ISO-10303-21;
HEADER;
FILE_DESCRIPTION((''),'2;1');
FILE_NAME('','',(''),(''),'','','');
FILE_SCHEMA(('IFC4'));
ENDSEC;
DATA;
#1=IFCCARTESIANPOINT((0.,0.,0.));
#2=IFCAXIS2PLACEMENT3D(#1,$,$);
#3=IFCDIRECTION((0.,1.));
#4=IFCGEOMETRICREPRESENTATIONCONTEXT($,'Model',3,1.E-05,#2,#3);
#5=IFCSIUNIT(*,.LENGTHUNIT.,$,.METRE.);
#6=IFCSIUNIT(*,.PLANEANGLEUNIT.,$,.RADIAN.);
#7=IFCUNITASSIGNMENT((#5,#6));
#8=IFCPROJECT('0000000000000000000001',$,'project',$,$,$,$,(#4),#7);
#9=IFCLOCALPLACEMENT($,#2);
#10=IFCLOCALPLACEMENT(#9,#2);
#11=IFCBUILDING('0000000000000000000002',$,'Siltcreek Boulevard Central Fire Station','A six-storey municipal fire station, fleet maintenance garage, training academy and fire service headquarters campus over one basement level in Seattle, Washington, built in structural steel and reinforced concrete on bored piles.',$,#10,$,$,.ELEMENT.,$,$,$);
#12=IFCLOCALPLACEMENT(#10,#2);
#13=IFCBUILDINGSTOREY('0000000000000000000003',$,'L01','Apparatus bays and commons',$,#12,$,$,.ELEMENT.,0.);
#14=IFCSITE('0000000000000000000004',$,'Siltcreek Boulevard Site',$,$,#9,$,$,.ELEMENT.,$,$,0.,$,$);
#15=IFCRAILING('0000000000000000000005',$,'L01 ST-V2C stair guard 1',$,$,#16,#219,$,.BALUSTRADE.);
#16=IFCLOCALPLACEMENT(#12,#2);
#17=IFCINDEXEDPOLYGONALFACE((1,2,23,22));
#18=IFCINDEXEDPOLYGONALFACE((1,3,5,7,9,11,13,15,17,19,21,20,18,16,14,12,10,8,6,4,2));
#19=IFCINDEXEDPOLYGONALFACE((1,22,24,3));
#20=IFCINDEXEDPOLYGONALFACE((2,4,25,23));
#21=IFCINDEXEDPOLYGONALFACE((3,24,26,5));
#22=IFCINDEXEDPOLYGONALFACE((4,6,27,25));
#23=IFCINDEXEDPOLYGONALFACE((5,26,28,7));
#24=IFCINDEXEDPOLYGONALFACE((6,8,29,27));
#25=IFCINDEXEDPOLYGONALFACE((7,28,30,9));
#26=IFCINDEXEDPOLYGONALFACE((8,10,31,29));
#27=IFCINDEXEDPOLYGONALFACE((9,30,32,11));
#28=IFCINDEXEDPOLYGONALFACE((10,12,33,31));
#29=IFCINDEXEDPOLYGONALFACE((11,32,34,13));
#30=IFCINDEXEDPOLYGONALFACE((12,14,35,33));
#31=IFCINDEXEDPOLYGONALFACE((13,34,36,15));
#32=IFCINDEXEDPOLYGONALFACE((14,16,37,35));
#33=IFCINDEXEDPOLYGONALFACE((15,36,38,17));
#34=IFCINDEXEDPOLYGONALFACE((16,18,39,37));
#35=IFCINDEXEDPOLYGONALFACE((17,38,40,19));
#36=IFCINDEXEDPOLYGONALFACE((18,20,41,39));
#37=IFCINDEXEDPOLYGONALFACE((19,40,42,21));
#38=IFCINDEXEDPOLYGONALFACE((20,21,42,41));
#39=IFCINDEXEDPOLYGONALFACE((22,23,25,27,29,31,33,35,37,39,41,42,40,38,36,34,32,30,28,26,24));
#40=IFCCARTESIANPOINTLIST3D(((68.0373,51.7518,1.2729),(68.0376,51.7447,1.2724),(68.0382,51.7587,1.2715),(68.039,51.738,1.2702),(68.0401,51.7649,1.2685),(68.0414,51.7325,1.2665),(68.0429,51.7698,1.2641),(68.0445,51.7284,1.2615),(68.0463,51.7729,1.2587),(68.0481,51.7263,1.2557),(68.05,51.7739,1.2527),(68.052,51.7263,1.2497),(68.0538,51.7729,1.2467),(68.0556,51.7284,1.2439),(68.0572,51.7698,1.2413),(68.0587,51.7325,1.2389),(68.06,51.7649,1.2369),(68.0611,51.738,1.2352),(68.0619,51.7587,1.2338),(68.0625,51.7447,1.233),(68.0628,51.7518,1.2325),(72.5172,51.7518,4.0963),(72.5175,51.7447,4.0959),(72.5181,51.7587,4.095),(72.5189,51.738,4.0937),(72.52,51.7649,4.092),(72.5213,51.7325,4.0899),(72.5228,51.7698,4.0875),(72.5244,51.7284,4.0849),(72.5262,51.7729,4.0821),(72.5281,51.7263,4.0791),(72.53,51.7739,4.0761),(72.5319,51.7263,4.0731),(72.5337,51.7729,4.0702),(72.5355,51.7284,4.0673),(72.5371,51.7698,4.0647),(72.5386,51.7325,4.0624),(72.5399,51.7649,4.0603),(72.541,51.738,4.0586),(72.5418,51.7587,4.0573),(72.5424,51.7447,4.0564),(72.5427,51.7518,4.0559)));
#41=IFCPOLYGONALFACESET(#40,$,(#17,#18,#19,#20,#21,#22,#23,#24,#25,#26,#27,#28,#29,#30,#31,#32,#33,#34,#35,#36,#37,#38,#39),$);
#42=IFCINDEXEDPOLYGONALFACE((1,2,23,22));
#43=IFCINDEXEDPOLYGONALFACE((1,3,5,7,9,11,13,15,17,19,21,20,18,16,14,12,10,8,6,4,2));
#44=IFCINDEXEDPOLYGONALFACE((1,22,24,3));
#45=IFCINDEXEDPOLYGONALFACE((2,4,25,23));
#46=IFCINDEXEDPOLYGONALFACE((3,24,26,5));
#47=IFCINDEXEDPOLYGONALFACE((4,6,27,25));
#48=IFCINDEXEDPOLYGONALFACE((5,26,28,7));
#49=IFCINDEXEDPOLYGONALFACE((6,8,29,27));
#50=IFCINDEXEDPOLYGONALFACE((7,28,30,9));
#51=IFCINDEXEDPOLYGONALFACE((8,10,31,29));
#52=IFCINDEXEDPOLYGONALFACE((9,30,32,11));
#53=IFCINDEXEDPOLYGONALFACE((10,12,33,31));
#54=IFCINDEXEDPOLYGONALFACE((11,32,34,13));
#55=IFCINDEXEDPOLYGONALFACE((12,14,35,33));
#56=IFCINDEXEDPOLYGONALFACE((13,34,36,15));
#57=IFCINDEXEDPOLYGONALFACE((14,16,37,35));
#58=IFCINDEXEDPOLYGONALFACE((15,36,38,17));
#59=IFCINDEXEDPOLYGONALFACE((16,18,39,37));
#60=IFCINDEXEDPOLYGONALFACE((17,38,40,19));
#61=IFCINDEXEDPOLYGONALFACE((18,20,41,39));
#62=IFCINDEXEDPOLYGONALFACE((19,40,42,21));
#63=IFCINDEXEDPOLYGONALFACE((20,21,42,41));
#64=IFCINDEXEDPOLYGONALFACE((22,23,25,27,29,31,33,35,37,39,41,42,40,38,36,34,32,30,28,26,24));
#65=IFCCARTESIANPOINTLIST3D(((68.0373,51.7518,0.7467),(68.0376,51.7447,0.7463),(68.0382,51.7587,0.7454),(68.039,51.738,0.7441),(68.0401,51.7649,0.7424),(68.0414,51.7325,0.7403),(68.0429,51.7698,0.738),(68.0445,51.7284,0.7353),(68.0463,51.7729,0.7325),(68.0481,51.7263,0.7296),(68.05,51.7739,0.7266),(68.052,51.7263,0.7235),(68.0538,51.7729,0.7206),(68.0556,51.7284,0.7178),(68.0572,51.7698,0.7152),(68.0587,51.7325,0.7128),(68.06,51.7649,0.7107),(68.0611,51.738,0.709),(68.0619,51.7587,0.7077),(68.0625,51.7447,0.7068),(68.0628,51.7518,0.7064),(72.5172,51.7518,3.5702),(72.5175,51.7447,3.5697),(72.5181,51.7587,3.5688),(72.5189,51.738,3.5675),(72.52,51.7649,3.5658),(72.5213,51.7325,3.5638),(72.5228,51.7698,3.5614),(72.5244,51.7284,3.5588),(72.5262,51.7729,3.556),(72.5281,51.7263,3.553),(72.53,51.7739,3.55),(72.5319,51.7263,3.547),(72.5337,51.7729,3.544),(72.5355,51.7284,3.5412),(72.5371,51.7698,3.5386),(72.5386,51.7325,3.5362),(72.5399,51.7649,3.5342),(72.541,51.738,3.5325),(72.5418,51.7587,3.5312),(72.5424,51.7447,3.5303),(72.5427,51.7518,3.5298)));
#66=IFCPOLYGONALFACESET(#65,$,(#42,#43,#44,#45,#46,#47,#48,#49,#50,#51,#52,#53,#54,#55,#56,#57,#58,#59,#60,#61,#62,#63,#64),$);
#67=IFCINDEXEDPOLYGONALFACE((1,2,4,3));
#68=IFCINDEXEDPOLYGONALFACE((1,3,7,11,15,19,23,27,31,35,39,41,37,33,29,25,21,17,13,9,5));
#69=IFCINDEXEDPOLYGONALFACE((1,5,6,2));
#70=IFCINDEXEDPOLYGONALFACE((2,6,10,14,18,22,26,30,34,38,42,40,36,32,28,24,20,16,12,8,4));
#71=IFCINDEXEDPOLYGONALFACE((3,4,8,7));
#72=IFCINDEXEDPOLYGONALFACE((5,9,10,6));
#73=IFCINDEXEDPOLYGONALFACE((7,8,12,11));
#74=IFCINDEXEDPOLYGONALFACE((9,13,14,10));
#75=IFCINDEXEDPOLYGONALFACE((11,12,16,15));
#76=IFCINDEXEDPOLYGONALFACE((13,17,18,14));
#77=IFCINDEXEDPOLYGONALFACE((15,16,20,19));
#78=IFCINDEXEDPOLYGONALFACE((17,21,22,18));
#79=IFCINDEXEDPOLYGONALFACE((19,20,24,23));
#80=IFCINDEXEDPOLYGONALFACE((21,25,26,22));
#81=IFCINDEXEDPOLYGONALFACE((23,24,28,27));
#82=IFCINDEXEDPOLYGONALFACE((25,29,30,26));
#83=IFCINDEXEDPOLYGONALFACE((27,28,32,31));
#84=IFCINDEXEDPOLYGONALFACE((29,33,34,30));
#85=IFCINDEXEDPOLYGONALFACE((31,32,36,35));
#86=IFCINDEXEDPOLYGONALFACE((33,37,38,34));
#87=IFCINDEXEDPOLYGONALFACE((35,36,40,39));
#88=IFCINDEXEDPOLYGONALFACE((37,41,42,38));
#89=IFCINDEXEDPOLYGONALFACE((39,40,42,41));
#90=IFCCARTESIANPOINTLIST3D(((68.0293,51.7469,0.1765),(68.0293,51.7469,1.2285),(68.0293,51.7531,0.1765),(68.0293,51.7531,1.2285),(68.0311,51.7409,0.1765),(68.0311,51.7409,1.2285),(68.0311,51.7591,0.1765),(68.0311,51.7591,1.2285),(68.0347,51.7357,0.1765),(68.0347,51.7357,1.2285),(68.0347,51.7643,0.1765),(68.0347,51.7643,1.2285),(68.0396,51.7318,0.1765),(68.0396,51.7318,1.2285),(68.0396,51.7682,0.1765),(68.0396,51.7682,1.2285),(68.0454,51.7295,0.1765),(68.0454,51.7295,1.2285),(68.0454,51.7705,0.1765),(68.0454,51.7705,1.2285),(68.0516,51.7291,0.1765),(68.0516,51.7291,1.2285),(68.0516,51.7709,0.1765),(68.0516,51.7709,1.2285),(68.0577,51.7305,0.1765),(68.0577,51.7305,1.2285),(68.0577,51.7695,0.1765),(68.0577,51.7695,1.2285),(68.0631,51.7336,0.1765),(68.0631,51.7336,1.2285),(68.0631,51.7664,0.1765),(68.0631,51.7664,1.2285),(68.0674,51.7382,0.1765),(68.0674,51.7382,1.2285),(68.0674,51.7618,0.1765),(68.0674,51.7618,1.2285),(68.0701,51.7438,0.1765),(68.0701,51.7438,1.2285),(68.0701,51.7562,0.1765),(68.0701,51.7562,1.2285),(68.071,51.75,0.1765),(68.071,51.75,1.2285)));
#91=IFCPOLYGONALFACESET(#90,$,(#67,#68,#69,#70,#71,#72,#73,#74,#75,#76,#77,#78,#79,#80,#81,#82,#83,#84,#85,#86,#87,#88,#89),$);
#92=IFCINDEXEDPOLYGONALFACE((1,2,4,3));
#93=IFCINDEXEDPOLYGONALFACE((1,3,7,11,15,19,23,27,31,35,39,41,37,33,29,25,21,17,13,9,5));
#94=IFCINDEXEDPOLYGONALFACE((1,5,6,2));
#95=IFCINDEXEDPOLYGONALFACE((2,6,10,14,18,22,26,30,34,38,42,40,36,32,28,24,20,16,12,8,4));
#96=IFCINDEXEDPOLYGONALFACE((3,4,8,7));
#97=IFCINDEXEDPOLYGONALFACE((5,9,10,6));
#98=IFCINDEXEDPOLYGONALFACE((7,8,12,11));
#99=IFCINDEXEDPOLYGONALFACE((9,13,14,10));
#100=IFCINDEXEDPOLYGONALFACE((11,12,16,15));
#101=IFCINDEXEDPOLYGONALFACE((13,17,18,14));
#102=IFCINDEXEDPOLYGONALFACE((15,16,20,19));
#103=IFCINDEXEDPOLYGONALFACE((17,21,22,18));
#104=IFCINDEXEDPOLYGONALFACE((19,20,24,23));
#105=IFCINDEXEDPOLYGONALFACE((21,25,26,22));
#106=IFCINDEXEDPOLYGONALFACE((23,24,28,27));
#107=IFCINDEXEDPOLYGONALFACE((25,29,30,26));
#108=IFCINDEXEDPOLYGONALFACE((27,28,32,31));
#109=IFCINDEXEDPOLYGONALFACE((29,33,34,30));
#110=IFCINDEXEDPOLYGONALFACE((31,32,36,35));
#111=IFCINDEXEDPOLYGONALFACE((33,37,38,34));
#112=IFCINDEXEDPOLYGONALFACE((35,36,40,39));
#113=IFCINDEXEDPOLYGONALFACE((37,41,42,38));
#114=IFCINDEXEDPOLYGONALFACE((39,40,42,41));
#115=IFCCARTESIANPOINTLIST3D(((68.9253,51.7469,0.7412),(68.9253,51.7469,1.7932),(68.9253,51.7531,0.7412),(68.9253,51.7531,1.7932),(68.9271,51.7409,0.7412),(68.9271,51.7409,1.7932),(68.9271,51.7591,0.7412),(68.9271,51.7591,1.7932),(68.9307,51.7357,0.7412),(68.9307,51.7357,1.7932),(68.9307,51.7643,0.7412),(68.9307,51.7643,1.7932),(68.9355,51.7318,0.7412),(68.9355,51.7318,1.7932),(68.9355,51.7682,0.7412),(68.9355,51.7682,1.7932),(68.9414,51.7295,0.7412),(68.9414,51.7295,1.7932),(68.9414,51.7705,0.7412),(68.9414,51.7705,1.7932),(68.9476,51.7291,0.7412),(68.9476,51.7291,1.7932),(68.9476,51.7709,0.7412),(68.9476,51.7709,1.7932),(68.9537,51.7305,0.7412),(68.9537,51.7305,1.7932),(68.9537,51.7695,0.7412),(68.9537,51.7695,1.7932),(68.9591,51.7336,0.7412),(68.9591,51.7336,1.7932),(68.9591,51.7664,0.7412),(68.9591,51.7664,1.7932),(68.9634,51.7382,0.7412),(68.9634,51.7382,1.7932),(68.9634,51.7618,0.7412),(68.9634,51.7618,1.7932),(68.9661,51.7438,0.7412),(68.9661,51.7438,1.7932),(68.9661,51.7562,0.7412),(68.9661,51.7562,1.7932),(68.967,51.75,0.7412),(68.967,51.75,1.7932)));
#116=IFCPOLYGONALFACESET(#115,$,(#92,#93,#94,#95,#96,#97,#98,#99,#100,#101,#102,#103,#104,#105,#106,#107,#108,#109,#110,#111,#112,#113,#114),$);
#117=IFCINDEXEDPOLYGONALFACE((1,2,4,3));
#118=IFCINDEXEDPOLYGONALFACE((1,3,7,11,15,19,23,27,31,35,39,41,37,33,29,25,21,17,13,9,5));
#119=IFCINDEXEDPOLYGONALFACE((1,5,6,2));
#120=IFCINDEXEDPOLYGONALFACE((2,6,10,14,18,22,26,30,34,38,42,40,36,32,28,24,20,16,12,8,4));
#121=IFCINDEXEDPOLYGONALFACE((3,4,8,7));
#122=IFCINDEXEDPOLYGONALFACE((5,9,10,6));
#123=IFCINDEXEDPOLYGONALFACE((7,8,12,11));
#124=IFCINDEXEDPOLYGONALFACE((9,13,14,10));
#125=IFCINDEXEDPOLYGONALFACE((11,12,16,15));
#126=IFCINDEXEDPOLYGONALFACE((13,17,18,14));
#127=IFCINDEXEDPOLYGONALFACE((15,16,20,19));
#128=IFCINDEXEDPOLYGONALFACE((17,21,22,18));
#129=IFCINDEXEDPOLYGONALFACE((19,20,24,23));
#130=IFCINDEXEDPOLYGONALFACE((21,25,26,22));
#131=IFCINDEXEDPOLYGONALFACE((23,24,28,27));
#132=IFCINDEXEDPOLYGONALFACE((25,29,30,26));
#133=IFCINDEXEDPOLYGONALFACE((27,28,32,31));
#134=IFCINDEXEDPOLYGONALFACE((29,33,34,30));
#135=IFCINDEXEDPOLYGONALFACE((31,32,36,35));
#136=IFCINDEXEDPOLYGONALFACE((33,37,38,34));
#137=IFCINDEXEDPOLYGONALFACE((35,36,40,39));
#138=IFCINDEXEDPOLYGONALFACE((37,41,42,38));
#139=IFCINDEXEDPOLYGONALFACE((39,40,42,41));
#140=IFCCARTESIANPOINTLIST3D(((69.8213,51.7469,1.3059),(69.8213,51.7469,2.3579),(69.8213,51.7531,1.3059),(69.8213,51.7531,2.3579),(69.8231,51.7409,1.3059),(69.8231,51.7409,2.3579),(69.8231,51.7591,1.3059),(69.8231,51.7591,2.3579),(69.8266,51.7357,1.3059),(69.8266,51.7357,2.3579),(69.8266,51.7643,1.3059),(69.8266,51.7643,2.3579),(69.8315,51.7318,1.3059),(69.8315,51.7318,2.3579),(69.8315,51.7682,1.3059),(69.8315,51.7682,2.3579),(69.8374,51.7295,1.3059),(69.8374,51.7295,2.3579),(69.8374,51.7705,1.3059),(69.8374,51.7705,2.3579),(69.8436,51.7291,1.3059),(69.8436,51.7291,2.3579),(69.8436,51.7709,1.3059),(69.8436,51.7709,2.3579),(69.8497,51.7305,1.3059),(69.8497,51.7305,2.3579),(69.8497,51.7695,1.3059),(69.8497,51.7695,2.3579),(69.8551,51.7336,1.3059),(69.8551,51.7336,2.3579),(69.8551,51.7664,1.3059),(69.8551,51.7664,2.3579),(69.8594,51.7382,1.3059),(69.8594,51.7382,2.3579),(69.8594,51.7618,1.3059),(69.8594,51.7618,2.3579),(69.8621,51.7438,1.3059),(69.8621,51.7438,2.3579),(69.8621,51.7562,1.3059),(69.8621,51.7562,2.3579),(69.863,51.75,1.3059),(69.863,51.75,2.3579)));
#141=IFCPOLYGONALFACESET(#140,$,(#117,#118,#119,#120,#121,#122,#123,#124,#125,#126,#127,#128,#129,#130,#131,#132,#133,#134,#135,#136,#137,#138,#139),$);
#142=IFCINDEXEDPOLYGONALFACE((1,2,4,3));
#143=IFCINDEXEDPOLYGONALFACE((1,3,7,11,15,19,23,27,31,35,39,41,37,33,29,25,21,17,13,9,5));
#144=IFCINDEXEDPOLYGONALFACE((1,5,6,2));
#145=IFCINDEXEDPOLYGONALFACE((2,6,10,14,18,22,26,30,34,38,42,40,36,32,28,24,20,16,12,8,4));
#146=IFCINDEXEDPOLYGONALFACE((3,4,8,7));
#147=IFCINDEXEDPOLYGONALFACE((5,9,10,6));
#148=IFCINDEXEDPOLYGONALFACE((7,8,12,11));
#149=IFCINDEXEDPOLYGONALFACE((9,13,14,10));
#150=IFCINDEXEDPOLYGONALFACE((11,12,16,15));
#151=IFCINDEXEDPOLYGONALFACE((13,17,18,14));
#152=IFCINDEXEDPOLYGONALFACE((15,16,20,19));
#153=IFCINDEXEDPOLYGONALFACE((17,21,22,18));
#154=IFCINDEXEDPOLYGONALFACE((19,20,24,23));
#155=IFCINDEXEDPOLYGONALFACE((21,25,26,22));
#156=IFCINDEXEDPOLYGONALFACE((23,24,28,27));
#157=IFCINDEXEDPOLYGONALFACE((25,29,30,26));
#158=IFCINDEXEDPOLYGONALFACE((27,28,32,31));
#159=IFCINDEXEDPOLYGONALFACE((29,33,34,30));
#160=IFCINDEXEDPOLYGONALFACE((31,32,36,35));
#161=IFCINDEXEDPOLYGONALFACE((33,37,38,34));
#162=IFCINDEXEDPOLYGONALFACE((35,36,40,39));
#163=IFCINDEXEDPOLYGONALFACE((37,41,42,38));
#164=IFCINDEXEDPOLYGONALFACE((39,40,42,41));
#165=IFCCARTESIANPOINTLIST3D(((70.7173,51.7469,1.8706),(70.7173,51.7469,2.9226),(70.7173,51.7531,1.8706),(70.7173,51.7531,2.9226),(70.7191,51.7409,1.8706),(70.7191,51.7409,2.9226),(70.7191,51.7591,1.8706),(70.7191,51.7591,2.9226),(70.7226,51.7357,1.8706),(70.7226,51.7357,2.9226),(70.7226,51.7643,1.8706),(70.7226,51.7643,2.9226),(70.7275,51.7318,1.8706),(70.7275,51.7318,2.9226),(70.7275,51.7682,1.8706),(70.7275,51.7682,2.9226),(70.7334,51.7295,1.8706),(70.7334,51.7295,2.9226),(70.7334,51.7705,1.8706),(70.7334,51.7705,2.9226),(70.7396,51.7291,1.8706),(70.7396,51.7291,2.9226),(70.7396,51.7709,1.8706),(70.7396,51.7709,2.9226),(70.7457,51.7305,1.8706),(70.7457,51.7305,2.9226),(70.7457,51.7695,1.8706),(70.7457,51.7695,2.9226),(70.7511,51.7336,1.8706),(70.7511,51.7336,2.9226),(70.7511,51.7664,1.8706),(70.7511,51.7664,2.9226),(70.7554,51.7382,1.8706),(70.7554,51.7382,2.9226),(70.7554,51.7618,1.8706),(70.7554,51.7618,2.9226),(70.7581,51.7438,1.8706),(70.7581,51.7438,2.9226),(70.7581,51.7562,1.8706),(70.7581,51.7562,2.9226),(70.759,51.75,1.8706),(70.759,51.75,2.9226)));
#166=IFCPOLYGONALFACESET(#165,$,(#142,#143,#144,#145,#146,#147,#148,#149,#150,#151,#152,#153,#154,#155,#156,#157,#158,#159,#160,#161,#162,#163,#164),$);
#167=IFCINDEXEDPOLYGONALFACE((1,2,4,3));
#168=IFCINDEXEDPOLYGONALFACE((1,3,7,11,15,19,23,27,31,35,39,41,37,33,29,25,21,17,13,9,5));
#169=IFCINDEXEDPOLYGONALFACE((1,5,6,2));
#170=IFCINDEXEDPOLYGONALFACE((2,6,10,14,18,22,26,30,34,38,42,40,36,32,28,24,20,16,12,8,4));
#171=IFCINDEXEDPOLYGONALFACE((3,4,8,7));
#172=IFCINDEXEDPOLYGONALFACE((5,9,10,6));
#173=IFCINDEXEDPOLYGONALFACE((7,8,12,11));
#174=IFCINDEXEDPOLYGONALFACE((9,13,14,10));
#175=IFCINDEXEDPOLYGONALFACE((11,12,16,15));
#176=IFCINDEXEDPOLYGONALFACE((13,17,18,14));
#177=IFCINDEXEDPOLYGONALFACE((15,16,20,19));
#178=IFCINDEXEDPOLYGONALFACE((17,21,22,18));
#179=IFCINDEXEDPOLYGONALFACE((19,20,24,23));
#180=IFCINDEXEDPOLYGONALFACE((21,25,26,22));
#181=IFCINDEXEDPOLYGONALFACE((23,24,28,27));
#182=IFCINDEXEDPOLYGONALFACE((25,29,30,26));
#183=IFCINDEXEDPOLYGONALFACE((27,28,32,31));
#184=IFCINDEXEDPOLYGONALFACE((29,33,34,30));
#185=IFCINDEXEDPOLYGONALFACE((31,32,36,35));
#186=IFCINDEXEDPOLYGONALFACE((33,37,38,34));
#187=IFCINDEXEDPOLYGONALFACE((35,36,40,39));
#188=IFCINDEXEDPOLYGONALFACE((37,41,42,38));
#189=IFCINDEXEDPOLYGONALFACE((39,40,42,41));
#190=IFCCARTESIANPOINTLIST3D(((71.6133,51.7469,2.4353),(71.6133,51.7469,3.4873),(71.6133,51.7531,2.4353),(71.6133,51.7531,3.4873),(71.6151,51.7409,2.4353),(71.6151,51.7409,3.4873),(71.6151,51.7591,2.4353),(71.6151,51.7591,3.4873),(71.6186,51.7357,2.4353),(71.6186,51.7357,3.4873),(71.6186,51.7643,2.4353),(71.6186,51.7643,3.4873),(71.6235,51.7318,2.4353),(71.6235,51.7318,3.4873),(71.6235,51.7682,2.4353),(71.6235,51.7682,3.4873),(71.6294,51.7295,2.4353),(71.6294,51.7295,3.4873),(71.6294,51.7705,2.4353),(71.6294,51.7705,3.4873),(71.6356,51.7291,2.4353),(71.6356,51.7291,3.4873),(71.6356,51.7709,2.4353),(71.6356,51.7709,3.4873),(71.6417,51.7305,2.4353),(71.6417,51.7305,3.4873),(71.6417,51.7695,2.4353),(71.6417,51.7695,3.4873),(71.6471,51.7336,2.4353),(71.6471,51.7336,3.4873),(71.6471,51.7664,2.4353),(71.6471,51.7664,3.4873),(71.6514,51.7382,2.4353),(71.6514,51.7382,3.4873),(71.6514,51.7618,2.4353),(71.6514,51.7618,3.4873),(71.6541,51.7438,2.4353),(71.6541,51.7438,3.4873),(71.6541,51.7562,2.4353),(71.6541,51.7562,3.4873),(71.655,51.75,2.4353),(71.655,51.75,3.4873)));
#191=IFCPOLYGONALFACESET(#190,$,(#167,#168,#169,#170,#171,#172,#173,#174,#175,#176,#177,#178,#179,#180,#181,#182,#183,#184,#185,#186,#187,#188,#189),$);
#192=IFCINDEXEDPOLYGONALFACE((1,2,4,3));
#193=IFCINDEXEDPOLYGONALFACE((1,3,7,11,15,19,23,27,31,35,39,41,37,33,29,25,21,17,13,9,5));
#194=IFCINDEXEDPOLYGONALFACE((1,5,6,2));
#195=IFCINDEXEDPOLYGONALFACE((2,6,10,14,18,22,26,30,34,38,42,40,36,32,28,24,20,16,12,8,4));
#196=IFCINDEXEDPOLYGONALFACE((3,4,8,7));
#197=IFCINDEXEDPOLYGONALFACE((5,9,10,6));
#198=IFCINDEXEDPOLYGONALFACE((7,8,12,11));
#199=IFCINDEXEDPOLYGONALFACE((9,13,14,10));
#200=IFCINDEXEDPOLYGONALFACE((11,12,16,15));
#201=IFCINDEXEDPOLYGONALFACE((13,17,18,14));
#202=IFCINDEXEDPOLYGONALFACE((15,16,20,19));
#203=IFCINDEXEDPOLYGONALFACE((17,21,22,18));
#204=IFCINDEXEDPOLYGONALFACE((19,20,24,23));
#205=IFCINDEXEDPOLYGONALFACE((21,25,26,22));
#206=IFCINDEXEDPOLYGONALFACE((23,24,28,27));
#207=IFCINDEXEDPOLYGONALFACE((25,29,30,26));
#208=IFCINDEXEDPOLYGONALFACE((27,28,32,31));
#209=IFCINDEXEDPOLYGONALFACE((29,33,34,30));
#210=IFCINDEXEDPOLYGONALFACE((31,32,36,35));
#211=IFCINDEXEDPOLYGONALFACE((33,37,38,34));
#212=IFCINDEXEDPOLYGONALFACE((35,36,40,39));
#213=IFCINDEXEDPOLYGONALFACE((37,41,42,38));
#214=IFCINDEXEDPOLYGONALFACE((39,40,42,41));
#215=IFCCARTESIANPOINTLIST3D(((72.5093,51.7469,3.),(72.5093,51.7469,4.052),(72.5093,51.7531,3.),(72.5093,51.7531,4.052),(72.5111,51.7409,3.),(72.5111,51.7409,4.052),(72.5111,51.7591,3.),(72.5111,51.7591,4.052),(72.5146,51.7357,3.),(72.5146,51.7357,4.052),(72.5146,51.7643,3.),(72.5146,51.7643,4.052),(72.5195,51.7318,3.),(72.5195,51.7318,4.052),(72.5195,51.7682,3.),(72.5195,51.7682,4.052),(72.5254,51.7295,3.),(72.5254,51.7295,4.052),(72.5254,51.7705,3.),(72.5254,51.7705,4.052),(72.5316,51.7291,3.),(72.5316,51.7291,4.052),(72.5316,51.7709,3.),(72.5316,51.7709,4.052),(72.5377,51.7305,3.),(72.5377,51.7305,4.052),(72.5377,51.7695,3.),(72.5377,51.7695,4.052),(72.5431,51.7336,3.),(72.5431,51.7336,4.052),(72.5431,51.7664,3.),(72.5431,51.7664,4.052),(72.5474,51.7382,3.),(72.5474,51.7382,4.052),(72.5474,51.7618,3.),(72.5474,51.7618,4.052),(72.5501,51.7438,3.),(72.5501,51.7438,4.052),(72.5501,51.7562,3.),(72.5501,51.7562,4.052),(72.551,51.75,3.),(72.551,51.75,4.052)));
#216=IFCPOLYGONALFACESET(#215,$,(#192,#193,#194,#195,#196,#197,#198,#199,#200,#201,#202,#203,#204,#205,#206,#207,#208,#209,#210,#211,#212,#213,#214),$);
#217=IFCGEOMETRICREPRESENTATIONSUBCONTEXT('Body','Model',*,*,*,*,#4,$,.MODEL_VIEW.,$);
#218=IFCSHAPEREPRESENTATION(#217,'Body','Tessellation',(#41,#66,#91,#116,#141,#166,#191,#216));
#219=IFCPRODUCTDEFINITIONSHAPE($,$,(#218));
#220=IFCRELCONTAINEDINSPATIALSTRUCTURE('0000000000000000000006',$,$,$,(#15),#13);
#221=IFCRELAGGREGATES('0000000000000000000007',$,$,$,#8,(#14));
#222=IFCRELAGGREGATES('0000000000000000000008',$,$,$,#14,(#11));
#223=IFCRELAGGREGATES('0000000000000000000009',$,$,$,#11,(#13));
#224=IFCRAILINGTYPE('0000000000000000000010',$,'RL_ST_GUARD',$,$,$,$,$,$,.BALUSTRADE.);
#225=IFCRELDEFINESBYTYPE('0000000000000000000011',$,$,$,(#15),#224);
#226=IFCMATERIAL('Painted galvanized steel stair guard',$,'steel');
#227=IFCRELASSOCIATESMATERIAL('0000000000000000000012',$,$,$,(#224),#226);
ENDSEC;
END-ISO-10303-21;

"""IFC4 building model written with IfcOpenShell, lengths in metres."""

from ifc_helpers import new_model, si_unit, direction, frame, origin, origin_2d, place, context, subcontext, project, spatial, circle, extrude, material, type_object, element, save


model = new_model("IFC4")

# Units and contexts
model_context = context("Model", 3, precision=1e-05, world=origin(), true_north=direction((0.0, 1.0)))
body_context = subcontext(model_context, "Body", "Model", "MODEL_VIEW")
ifc_project = project(units=[si_unit("LENGTHUNIT", "METRE"), si_unit("PLANEANGLEUNIT", "RADIAN")], contexts=[model_context])

# Site, building, storey
site_placement = place(None, origin())
site = spatial("IfcSite", under=ifc_project, at=site_placement, Name="Siltcreek Boulevard Site", CompositionType="ELEMENT", RefElevation=0.0)
building_placement = place(site_placement, origin())
building = spatial("IfcBuilding", under=site, at=building_placement, Name="Siltcreek Boulevard Central Fire Station", Description="A six-storey municipal fire station, fleet maintenance garage, training academy and fire service headquarters campus over one basement level in Seattle, Washington, built in structural steel and reinforced concrete on bored piles.", CompositionType="ELEMENT")
storey_placement = place(building_placement, origin())
storey = spatial("IfcBuildingStorey", under=building, at=storey_placement, Name="L01", Description="Apparatus bays and commons", CompositionType="ELEMENT", Elevation=0.0)

# Railing
ifc_material_1 = material(Name="Painted galvanized steel stair guard", Category="steel")
railing_type = type_object("IfcRailingType", Name="RL_ST_GUARD", PredefinedType="BALUSTRADE", material=ifc_material_1)
railing_1_placement = place(storey_placement, frame((68.05, 51.75, 0.1765)))
element("IfcRailing", 1, at=railing_1_placement, inside=storey, type_object=railing_type, Name="L01 ST-V2C stair guard 1", PredefinedType="BALUSTRADE", context=body_context, shape_type="SweptSolid", body=[
    extrude(circle(Radius=0.0239, at=origin_2d()), frame((0.0, 0.0, 1.0762), z_axis=(0.845998, 0.0, 0.533186), x_axis=(0.0, 1.0, 0.0)), (0.0, 0.0, 1.0), 5.2954),
    extrude(circle(Radius=0.0239, at=origin_2d()), frame((0.0, 0.0, 0.55), z_axis=(0.845998, 0.0, 0.533186), x_axis=(0.0, 1.0, 0.0)), (0.0, 0.0, 1.0), 5.2954),
    extrude(circle(Radius=0.021, at=origin_2d()), origin(), (0.0, 0.0, 1.0), 1.052),
    extrude(circle(Radius=0.021, at=origin_2d()), frame((0.896, 0.0, 0.5647)), (0.0, 0.0, 1.0), 1.052),
    extrude(circle(Radius=0.021, at=origin_2d()), frame((1.792, 0.0, 1.1294)), (0.0, 0.0, 1.0), 1.052),
    extrude(circle(Radius=0.021, at=origin_2d()), frame((2.688, 0.0, 1.6941)), (0.0, 0.0, 1.0), 1.052),
    extrude(circle(Radius=0.021, at=origin_2d()), frame((3.584, 0.0, 2.2588)), (0.0, 0.0, 1.0), 1.052),
    extrude(circle(Radius=0.021, at=origin_2d()), frame((4.48, 0.0, 2.8235)), (0.0, 0.0, 1.0), 1.052),
])

save(model, "model.ifc")
